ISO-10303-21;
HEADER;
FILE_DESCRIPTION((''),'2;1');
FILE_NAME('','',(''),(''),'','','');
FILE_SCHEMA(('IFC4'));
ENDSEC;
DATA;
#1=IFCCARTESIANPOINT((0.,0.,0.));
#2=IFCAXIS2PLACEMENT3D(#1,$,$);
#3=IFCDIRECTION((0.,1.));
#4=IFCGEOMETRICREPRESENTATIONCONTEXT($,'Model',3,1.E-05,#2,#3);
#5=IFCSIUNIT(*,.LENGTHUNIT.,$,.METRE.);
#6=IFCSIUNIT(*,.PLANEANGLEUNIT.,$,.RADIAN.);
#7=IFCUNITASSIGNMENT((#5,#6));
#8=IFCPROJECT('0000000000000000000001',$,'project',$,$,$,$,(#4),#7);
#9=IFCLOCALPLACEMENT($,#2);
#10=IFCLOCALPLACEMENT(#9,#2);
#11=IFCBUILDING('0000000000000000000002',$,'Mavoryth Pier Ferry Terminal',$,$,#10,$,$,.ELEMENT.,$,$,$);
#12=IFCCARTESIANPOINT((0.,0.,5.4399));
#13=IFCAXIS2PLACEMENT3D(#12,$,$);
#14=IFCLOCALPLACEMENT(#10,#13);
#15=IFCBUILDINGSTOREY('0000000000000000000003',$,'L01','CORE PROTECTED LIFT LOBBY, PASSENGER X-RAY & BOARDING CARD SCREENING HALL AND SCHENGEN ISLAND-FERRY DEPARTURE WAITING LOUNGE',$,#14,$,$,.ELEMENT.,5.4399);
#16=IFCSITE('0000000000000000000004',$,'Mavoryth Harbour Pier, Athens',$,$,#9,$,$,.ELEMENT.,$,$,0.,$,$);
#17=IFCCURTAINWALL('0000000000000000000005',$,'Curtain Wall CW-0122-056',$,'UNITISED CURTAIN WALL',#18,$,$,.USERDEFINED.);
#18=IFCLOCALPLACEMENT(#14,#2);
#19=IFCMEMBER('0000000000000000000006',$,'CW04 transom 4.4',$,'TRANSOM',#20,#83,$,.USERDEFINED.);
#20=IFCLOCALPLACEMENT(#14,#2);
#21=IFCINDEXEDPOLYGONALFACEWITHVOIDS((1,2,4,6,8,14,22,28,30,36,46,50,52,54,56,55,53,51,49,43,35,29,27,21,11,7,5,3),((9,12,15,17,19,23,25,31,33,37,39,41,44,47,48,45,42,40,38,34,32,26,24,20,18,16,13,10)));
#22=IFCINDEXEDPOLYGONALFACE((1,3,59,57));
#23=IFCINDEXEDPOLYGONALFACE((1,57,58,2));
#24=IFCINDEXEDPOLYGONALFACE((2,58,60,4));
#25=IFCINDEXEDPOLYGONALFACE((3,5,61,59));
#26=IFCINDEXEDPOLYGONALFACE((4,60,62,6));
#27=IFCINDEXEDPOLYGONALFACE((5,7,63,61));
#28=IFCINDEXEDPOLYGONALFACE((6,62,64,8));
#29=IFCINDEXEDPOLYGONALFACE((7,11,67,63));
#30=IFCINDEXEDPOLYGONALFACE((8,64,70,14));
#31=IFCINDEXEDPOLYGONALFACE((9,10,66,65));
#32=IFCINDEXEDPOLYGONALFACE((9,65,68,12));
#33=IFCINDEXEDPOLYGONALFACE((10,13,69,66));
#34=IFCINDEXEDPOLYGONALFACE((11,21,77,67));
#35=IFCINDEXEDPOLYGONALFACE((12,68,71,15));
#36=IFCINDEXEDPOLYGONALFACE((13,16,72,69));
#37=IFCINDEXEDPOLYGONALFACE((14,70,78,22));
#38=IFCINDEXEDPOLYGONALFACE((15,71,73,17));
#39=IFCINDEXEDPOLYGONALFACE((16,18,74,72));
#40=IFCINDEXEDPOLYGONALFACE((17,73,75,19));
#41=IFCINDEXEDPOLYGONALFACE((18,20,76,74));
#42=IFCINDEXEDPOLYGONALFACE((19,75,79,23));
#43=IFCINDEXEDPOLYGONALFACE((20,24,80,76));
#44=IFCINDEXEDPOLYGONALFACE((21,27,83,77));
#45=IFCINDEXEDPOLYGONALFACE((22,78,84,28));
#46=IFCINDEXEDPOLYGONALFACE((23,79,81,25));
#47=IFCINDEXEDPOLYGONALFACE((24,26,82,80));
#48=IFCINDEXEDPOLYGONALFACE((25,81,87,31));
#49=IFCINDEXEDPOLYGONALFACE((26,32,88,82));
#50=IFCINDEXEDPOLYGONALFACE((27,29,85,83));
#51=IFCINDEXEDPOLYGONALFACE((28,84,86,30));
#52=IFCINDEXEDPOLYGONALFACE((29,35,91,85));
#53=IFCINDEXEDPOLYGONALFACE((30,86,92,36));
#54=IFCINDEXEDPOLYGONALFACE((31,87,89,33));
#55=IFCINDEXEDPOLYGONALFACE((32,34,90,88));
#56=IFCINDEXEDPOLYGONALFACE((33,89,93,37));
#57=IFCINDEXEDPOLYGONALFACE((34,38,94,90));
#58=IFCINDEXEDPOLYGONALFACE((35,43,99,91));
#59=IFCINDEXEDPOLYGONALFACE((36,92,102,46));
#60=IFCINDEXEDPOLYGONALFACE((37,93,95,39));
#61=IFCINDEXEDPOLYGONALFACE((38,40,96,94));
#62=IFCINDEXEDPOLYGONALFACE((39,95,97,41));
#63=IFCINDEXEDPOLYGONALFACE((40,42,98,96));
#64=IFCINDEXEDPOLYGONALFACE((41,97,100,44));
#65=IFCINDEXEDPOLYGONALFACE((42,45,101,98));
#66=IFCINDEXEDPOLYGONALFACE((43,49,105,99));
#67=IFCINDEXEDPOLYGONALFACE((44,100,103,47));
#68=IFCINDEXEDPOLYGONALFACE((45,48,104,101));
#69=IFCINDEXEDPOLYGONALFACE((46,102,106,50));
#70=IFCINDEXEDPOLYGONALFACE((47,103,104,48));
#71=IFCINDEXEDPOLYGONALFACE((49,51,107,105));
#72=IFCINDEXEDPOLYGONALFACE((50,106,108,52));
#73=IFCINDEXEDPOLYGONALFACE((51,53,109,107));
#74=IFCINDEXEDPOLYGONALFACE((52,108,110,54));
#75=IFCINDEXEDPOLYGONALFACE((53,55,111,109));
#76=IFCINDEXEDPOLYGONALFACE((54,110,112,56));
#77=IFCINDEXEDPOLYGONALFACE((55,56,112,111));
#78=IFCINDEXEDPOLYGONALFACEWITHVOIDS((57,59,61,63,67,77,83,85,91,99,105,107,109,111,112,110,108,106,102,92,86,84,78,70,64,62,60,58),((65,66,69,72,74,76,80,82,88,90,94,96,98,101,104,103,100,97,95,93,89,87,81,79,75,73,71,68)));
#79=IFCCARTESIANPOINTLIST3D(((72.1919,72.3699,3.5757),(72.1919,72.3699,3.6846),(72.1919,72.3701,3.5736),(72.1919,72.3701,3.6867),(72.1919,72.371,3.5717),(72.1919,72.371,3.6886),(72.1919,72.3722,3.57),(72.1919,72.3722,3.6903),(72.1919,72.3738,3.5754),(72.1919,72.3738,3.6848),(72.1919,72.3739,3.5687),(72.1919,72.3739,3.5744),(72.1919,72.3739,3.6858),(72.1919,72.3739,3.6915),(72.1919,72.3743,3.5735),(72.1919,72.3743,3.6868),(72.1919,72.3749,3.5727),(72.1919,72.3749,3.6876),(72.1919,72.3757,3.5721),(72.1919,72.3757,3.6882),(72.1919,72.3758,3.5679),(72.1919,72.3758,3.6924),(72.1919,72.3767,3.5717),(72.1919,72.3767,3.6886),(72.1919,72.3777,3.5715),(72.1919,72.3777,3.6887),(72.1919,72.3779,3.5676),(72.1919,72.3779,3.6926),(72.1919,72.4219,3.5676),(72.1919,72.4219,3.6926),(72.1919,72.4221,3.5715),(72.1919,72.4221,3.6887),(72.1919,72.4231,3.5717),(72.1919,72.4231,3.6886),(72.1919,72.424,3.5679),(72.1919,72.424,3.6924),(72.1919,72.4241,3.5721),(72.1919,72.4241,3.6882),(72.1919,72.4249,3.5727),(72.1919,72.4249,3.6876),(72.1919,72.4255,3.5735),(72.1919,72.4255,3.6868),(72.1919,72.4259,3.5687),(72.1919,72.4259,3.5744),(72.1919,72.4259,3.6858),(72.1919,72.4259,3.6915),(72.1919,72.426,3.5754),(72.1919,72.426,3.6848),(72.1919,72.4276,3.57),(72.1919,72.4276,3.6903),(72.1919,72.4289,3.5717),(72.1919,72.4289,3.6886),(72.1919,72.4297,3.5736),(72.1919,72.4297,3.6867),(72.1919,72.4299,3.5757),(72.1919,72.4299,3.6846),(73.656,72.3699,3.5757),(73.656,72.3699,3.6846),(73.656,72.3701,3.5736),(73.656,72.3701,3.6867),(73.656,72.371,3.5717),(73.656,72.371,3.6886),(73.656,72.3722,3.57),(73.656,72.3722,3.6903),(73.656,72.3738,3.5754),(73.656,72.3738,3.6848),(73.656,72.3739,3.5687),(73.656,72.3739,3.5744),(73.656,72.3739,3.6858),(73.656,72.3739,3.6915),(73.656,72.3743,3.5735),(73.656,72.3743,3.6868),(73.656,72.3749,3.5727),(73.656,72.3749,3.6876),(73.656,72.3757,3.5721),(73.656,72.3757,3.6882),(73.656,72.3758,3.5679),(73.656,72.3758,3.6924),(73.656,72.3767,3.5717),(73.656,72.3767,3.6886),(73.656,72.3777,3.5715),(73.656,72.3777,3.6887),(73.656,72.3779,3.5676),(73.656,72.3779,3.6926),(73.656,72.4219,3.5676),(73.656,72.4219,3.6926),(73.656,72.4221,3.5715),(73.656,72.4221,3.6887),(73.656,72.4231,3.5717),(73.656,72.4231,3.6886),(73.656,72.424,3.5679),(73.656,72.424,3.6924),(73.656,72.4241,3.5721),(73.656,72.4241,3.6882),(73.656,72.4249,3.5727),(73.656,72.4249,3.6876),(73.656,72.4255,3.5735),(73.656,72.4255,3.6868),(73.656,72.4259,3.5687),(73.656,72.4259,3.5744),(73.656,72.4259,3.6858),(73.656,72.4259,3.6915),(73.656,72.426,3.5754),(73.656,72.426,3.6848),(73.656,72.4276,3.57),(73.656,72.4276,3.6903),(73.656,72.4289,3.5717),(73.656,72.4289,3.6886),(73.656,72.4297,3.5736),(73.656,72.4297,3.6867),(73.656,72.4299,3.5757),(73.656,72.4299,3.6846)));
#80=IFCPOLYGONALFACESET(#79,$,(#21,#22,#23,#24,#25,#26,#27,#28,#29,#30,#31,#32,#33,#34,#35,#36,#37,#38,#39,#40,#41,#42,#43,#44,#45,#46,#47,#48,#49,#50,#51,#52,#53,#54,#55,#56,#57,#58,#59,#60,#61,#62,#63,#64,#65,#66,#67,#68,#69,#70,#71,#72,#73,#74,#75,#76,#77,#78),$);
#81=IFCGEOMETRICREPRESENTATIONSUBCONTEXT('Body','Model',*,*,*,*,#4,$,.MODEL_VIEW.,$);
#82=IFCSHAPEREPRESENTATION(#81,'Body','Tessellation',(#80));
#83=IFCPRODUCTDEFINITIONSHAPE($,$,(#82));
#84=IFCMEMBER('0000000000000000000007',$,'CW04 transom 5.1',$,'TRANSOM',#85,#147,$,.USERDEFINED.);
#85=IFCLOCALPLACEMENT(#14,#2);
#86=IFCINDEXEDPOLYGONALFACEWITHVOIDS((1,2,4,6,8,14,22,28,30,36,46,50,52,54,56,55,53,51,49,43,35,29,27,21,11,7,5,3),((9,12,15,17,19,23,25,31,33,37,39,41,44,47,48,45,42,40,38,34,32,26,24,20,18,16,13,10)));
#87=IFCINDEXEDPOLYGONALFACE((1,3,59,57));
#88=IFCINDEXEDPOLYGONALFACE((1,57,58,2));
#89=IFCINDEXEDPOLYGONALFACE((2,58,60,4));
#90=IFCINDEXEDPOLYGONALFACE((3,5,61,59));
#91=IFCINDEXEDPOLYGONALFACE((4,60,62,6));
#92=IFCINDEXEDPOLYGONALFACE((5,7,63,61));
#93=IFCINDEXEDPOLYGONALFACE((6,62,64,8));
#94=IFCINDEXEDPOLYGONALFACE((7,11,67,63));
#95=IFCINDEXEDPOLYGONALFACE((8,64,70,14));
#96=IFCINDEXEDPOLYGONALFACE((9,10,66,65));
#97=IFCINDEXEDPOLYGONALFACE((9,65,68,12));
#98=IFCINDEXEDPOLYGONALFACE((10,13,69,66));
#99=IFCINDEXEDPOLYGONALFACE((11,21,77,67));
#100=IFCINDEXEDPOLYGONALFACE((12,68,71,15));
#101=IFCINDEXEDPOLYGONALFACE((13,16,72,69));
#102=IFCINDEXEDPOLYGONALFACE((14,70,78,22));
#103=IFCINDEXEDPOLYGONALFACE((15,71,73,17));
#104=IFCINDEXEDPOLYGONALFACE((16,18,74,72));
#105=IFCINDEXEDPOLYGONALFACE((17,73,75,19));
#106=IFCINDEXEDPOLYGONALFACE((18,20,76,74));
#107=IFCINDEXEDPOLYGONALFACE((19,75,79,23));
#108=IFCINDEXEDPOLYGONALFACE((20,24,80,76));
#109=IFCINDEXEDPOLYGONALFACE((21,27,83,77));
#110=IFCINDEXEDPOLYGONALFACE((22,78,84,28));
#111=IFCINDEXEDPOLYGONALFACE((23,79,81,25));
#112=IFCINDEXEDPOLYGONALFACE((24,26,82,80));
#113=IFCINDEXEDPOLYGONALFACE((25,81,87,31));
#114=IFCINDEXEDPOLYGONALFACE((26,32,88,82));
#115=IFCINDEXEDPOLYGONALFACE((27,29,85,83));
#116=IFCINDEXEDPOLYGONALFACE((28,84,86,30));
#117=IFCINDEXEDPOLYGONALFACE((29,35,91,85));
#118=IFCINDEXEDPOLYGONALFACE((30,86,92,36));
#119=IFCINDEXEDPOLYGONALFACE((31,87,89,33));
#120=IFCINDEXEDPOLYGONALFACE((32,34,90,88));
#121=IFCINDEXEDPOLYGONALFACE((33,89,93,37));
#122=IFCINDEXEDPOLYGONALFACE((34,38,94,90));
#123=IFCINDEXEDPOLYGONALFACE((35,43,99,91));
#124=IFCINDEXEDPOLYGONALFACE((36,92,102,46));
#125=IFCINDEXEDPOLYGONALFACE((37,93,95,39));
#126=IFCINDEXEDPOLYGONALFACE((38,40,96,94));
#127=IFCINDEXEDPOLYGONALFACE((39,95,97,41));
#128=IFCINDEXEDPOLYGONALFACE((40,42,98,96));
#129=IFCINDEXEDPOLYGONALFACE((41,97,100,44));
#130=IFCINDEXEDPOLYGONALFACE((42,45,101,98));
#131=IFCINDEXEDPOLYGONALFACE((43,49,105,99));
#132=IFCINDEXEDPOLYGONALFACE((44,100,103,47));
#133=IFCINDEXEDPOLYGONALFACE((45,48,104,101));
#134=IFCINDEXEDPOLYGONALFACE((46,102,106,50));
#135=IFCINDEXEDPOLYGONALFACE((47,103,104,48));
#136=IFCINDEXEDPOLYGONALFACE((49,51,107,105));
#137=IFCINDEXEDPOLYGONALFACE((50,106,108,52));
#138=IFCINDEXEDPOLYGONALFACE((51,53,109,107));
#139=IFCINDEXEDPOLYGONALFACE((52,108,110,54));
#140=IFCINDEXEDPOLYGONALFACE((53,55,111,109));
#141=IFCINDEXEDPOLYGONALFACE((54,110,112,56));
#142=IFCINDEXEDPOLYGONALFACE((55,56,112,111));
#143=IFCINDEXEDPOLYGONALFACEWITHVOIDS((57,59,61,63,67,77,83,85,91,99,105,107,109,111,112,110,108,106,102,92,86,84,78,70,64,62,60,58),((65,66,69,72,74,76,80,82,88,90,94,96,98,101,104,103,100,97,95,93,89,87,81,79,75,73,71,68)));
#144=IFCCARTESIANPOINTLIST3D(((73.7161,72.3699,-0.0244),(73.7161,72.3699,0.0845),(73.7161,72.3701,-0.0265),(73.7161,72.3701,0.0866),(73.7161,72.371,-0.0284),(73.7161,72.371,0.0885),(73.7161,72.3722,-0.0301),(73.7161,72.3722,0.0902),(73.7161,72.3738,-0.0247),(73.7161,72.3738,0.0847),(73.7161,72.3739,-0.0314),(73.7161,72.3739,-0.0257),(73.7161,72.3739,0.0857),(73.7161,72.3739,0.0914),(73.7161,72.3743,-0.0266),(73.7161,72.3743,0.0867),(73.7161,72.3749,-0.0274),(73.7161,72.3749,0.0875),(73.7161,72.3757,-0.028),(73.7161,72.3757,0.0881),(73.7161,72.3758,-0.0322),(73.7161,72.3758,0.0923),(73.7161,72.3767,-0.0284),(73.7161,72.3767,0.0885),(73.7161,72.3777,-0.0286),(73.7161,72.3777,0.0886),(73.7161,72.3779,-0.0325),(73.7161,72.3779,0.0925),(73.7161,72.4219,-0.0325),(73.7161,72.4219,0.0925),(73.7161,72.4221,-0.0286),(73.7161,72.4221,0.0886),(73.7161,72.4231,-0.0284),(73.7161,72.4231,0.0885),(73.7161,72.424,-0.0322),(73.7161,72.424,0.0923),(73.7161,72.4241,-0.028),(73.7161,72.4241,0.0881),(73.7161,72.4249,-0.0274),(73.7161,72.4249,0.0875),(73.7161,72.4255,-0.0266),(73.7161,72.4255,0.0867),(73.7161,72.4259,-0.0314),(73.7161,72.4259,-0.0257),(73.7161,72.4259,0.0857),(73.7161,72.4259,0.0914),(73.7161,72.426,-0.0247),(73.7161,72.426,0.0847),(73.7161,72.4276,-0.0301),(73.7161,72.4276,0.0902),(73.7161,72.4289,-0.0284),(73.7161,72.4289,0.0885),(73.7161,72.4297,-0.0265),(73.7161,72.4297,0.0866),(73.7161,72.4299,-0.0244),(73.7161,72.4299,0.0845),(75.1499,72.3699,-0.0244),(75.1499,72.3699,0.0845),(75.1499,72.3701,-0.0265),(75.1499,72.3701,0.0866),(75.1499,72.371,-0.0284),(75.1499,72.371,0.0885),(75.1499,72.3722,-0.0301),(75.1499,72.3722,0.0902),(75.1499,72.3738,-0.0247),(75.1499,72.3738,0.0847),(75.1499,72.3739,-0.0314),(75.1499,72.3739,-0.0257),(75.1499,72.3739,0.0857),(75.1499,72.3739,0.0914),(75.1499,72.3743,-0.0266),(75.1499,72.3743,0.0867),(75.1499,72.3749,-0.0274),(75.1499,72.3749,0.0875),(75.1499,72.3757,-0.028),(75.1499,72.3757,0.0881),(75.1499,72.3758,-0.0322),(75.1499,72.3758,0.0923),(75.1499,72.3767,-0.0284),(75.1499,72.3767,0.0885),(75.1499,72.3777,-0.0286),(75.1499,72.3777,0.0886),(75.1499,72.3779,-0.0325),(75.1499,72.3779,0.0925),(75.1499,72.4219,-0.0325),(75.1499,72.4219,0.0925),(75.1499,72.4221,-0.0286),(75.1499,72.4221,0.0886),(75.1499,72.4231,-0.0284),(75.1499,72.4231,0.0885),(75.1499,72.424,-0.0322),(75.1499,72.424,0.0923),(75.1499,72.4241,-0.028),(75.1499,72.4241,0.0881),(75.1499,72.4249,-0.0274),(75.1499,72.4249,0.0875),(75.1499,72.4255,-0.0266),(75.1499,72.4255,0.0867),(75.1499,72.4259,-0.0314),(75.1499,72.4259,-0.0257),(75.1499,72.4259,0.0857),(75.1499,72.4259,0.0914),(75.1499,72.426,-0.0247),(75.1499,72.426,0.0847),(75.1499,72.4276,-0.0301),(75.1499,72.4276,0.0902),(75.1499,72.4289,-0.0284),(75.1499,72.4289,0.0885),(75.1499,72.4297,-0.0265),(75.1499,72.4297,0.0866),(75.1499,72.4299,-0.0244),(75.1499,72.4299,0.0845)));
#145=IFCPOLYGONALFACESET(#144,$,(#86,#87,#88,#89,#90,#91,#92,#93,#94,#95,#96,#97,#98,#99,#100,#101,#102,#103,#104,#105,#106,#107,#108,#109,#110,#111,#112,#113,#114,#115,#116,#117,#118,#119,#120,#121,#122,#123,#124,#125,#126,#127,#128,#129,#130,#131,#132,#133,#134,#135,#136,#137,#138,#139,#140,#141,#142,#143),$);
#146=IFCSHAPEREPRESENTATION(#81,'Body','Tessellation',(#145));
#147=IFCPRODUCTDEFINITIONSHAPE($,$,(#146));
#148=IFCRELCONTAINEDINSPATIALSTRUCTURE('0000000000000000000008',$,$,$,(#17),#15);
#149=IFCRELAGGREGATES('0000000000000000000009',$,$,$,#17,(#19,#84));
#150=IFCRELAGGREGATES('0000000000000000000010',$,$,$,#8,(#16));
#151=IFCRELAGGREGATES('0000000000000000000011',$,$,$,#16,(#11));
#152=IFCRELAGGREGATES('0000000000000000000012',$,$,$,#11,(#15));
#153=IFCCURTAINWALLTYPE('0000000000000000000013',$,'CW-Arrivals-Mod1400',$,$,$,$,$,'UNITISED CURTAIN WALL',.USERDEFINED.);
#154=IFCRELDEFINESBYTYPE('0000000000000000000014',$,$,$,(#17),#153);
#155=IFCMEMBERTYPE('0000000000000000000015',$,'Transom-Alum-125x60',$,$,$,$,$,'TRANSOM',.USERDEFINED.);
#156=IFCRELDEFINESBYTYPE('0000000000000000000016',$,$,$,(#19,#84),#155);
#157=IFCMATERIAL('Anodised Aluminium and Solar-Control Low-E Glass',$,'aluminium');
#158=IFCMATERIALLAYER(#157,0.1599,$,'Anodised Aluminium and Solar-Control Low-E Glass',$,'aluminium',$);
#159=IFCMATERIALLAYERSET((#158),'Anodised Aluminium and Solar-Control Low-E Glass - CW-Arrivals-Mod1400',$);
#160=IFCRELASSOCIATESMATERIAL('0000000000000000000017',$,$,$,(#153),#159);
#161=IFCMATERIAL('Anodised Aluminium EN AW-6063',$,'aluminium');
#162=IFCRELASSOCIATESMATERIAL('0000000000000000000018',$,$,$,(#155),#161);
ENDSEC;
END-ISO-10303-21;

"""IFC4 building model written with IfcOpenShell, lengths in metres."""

from ifc_helpers import new_model, si_unit, direction, frame, origin, origin_2d, place, context, subcontext, project, spatial, hollow_rectangle, extrude, material, layer, layer_set, material_profile, profile_set, type_object, element, aggregate, save


model = new_model("IFC4")

# Units and contexts
model_context = context("Model", 3, precision=1e-05, world=origin(), true_north=direction((0.0, 1.0)))
body_context = subcontext(model_context, "Body", "Model", "MODEL_VIEW")
ifc_project = project(units=[si_unit("LENGTHUNIT", "METRE"), si_unit("PLANEANGLEUNIT", "RADIAN")], contexts=[model_context])

# Site, building, storey
site_placement = place(None, origin())
site = spatial("IfcSite", under=ifc_project, at=site_placement, Name="Mavoryth Harbour Pier, Athens", CompositionType="ELEMENT", RefElevation=0.0)
building_placement = place(site_placement, origin())
building = spatial("IfcBuilding", under=site, at=building_placement, Name="Mavoryth Pier Ferry Terminal", CompositionType="ELEMENT")
storey_placement = place(building_placement, frame((0.0, 0.0, 5.4399)))
storey = spatial("IfcBuildingStorey", under=building, at=storey_placement, Name="L01", Description="CORE PROTECTED LIFT LOBBY, PASSENGER X-RAY & BOARDING CARD SCREENING HALL AND SCHENGEN ISLAND-FERRY DEPARTURE WAITING LOUNGE", CompositionType="ELEMENT", Elevation=5.4399)

# Curtain wall, members
ifc_material_1 = material(Name="Anodised Aluminium and Solar-Control Low-E Glass", Category="aluminium")
ifc_layer_1 = layer(ifc_material_1, 0.1599, Name="Anodised Aluminium and Solar-Control Low-E Glass", Category="aluminium")
ifc_layer_set_1 = layer_set([ifc_layer_1], Name="Anodised Aluminium and Solar-Control Low-E Glass - CW-Arrivals-Mod1400")
curtain_wall_type = type_object("IfcCurtainWallType", Name="CW-Arrivals-Mod1400", ElementType="UNITISED CURTAIN WALL", PredefinedType="USERDEFINED", material=ifc_layer_set_1)
curtain_wall_placement = place(storey_placement, origin())
curtain_wall = element("IfcCurtainWall", 1, at=curtain_wall_placement, inside=storey, type_object=curtain_wall_type, Name="Curtain Wall CW-0122-056", ObjectType="UNITISED CURTAIN WALL", PredefinedType="USERDEFINED")
ifc_material_2 = material(Name="Anodised Aluminium EN AW-6063", Category="aluminium")
ifc_material_profile_1 = material_profile(ifc_material_2, hollow_rectangle(XDim=0.0601, YDim=0.125, WallThickness=0.0039, InnerFilletRadius=0.0039, OuterFilletRadius=0.0081, at=origin_2d()), Name="AL-TRAN 125x60x4", Category="aluminium")
ifc_profile_set_1 = profile_set([ifc_material_profile_1], Name="Anodised Aluminium EN AW-6063 - AL-TRAN 125x60x4")
member_type_1 = type_object("IfcMemberType", Name="Transom-Alum-125x60", ElementType="TRANSOM", PredefinedType="USERDEFINED", material=ifc_profile_set_1)
member_1_placement = place(storey_placement, frame((72.1919, 72.3999, 3.6301), z_axis=(1.0, 0.0, 0.0), x_axis=(0.0, 1.0, 0.0)))
member_1 = element("IfcMember", 2, at=member_1_placement, type_object=member_type_1, Name="CW04 transom 4.4", ObjectType="TRANSOM", PredefinedType="USERDEFINED", context=body_context, shape_type="SweptSolid", body=[
    extrude(hollow_rectangle(XDim=0.0601, YDim=0.125, WallThickness=0.0039, InnerFilletRadius=0.0039, OuterFilletRadius=0.0081, at=origin_2d()), origin(), (0.0, 0.0, 1.0), 1.4641),
])
member_2_placement = place(storey_placement, frame((73.7161, 72.3999, 0.03), z_axis=(1.0, 0.0, 0.0), x_axis=(0.0, 1.0, 0.0)))
member_2 = element("IfcMember", 3, at=member_2_placement, type_object=member_type_1, Name="CW04 transom 5.1", ObjectType="TRANSOM", PredefinedType="USERDEFINED", context=body_context, shape_type="SweptSolid", body=[
    extrude(hollow_rectangle(XDim=0.0601, YDim=0.125, WallThickness=0.0039, InnerFilletRadius=0.0039, OuterFilletRadius=0.0081, at=origin_2d()), origin(), (0.0, 0.0, 1.0), 1.4338),
])
aggregate(curtain_wall, [member_1, member_2])

save(model, "model.ifc")
